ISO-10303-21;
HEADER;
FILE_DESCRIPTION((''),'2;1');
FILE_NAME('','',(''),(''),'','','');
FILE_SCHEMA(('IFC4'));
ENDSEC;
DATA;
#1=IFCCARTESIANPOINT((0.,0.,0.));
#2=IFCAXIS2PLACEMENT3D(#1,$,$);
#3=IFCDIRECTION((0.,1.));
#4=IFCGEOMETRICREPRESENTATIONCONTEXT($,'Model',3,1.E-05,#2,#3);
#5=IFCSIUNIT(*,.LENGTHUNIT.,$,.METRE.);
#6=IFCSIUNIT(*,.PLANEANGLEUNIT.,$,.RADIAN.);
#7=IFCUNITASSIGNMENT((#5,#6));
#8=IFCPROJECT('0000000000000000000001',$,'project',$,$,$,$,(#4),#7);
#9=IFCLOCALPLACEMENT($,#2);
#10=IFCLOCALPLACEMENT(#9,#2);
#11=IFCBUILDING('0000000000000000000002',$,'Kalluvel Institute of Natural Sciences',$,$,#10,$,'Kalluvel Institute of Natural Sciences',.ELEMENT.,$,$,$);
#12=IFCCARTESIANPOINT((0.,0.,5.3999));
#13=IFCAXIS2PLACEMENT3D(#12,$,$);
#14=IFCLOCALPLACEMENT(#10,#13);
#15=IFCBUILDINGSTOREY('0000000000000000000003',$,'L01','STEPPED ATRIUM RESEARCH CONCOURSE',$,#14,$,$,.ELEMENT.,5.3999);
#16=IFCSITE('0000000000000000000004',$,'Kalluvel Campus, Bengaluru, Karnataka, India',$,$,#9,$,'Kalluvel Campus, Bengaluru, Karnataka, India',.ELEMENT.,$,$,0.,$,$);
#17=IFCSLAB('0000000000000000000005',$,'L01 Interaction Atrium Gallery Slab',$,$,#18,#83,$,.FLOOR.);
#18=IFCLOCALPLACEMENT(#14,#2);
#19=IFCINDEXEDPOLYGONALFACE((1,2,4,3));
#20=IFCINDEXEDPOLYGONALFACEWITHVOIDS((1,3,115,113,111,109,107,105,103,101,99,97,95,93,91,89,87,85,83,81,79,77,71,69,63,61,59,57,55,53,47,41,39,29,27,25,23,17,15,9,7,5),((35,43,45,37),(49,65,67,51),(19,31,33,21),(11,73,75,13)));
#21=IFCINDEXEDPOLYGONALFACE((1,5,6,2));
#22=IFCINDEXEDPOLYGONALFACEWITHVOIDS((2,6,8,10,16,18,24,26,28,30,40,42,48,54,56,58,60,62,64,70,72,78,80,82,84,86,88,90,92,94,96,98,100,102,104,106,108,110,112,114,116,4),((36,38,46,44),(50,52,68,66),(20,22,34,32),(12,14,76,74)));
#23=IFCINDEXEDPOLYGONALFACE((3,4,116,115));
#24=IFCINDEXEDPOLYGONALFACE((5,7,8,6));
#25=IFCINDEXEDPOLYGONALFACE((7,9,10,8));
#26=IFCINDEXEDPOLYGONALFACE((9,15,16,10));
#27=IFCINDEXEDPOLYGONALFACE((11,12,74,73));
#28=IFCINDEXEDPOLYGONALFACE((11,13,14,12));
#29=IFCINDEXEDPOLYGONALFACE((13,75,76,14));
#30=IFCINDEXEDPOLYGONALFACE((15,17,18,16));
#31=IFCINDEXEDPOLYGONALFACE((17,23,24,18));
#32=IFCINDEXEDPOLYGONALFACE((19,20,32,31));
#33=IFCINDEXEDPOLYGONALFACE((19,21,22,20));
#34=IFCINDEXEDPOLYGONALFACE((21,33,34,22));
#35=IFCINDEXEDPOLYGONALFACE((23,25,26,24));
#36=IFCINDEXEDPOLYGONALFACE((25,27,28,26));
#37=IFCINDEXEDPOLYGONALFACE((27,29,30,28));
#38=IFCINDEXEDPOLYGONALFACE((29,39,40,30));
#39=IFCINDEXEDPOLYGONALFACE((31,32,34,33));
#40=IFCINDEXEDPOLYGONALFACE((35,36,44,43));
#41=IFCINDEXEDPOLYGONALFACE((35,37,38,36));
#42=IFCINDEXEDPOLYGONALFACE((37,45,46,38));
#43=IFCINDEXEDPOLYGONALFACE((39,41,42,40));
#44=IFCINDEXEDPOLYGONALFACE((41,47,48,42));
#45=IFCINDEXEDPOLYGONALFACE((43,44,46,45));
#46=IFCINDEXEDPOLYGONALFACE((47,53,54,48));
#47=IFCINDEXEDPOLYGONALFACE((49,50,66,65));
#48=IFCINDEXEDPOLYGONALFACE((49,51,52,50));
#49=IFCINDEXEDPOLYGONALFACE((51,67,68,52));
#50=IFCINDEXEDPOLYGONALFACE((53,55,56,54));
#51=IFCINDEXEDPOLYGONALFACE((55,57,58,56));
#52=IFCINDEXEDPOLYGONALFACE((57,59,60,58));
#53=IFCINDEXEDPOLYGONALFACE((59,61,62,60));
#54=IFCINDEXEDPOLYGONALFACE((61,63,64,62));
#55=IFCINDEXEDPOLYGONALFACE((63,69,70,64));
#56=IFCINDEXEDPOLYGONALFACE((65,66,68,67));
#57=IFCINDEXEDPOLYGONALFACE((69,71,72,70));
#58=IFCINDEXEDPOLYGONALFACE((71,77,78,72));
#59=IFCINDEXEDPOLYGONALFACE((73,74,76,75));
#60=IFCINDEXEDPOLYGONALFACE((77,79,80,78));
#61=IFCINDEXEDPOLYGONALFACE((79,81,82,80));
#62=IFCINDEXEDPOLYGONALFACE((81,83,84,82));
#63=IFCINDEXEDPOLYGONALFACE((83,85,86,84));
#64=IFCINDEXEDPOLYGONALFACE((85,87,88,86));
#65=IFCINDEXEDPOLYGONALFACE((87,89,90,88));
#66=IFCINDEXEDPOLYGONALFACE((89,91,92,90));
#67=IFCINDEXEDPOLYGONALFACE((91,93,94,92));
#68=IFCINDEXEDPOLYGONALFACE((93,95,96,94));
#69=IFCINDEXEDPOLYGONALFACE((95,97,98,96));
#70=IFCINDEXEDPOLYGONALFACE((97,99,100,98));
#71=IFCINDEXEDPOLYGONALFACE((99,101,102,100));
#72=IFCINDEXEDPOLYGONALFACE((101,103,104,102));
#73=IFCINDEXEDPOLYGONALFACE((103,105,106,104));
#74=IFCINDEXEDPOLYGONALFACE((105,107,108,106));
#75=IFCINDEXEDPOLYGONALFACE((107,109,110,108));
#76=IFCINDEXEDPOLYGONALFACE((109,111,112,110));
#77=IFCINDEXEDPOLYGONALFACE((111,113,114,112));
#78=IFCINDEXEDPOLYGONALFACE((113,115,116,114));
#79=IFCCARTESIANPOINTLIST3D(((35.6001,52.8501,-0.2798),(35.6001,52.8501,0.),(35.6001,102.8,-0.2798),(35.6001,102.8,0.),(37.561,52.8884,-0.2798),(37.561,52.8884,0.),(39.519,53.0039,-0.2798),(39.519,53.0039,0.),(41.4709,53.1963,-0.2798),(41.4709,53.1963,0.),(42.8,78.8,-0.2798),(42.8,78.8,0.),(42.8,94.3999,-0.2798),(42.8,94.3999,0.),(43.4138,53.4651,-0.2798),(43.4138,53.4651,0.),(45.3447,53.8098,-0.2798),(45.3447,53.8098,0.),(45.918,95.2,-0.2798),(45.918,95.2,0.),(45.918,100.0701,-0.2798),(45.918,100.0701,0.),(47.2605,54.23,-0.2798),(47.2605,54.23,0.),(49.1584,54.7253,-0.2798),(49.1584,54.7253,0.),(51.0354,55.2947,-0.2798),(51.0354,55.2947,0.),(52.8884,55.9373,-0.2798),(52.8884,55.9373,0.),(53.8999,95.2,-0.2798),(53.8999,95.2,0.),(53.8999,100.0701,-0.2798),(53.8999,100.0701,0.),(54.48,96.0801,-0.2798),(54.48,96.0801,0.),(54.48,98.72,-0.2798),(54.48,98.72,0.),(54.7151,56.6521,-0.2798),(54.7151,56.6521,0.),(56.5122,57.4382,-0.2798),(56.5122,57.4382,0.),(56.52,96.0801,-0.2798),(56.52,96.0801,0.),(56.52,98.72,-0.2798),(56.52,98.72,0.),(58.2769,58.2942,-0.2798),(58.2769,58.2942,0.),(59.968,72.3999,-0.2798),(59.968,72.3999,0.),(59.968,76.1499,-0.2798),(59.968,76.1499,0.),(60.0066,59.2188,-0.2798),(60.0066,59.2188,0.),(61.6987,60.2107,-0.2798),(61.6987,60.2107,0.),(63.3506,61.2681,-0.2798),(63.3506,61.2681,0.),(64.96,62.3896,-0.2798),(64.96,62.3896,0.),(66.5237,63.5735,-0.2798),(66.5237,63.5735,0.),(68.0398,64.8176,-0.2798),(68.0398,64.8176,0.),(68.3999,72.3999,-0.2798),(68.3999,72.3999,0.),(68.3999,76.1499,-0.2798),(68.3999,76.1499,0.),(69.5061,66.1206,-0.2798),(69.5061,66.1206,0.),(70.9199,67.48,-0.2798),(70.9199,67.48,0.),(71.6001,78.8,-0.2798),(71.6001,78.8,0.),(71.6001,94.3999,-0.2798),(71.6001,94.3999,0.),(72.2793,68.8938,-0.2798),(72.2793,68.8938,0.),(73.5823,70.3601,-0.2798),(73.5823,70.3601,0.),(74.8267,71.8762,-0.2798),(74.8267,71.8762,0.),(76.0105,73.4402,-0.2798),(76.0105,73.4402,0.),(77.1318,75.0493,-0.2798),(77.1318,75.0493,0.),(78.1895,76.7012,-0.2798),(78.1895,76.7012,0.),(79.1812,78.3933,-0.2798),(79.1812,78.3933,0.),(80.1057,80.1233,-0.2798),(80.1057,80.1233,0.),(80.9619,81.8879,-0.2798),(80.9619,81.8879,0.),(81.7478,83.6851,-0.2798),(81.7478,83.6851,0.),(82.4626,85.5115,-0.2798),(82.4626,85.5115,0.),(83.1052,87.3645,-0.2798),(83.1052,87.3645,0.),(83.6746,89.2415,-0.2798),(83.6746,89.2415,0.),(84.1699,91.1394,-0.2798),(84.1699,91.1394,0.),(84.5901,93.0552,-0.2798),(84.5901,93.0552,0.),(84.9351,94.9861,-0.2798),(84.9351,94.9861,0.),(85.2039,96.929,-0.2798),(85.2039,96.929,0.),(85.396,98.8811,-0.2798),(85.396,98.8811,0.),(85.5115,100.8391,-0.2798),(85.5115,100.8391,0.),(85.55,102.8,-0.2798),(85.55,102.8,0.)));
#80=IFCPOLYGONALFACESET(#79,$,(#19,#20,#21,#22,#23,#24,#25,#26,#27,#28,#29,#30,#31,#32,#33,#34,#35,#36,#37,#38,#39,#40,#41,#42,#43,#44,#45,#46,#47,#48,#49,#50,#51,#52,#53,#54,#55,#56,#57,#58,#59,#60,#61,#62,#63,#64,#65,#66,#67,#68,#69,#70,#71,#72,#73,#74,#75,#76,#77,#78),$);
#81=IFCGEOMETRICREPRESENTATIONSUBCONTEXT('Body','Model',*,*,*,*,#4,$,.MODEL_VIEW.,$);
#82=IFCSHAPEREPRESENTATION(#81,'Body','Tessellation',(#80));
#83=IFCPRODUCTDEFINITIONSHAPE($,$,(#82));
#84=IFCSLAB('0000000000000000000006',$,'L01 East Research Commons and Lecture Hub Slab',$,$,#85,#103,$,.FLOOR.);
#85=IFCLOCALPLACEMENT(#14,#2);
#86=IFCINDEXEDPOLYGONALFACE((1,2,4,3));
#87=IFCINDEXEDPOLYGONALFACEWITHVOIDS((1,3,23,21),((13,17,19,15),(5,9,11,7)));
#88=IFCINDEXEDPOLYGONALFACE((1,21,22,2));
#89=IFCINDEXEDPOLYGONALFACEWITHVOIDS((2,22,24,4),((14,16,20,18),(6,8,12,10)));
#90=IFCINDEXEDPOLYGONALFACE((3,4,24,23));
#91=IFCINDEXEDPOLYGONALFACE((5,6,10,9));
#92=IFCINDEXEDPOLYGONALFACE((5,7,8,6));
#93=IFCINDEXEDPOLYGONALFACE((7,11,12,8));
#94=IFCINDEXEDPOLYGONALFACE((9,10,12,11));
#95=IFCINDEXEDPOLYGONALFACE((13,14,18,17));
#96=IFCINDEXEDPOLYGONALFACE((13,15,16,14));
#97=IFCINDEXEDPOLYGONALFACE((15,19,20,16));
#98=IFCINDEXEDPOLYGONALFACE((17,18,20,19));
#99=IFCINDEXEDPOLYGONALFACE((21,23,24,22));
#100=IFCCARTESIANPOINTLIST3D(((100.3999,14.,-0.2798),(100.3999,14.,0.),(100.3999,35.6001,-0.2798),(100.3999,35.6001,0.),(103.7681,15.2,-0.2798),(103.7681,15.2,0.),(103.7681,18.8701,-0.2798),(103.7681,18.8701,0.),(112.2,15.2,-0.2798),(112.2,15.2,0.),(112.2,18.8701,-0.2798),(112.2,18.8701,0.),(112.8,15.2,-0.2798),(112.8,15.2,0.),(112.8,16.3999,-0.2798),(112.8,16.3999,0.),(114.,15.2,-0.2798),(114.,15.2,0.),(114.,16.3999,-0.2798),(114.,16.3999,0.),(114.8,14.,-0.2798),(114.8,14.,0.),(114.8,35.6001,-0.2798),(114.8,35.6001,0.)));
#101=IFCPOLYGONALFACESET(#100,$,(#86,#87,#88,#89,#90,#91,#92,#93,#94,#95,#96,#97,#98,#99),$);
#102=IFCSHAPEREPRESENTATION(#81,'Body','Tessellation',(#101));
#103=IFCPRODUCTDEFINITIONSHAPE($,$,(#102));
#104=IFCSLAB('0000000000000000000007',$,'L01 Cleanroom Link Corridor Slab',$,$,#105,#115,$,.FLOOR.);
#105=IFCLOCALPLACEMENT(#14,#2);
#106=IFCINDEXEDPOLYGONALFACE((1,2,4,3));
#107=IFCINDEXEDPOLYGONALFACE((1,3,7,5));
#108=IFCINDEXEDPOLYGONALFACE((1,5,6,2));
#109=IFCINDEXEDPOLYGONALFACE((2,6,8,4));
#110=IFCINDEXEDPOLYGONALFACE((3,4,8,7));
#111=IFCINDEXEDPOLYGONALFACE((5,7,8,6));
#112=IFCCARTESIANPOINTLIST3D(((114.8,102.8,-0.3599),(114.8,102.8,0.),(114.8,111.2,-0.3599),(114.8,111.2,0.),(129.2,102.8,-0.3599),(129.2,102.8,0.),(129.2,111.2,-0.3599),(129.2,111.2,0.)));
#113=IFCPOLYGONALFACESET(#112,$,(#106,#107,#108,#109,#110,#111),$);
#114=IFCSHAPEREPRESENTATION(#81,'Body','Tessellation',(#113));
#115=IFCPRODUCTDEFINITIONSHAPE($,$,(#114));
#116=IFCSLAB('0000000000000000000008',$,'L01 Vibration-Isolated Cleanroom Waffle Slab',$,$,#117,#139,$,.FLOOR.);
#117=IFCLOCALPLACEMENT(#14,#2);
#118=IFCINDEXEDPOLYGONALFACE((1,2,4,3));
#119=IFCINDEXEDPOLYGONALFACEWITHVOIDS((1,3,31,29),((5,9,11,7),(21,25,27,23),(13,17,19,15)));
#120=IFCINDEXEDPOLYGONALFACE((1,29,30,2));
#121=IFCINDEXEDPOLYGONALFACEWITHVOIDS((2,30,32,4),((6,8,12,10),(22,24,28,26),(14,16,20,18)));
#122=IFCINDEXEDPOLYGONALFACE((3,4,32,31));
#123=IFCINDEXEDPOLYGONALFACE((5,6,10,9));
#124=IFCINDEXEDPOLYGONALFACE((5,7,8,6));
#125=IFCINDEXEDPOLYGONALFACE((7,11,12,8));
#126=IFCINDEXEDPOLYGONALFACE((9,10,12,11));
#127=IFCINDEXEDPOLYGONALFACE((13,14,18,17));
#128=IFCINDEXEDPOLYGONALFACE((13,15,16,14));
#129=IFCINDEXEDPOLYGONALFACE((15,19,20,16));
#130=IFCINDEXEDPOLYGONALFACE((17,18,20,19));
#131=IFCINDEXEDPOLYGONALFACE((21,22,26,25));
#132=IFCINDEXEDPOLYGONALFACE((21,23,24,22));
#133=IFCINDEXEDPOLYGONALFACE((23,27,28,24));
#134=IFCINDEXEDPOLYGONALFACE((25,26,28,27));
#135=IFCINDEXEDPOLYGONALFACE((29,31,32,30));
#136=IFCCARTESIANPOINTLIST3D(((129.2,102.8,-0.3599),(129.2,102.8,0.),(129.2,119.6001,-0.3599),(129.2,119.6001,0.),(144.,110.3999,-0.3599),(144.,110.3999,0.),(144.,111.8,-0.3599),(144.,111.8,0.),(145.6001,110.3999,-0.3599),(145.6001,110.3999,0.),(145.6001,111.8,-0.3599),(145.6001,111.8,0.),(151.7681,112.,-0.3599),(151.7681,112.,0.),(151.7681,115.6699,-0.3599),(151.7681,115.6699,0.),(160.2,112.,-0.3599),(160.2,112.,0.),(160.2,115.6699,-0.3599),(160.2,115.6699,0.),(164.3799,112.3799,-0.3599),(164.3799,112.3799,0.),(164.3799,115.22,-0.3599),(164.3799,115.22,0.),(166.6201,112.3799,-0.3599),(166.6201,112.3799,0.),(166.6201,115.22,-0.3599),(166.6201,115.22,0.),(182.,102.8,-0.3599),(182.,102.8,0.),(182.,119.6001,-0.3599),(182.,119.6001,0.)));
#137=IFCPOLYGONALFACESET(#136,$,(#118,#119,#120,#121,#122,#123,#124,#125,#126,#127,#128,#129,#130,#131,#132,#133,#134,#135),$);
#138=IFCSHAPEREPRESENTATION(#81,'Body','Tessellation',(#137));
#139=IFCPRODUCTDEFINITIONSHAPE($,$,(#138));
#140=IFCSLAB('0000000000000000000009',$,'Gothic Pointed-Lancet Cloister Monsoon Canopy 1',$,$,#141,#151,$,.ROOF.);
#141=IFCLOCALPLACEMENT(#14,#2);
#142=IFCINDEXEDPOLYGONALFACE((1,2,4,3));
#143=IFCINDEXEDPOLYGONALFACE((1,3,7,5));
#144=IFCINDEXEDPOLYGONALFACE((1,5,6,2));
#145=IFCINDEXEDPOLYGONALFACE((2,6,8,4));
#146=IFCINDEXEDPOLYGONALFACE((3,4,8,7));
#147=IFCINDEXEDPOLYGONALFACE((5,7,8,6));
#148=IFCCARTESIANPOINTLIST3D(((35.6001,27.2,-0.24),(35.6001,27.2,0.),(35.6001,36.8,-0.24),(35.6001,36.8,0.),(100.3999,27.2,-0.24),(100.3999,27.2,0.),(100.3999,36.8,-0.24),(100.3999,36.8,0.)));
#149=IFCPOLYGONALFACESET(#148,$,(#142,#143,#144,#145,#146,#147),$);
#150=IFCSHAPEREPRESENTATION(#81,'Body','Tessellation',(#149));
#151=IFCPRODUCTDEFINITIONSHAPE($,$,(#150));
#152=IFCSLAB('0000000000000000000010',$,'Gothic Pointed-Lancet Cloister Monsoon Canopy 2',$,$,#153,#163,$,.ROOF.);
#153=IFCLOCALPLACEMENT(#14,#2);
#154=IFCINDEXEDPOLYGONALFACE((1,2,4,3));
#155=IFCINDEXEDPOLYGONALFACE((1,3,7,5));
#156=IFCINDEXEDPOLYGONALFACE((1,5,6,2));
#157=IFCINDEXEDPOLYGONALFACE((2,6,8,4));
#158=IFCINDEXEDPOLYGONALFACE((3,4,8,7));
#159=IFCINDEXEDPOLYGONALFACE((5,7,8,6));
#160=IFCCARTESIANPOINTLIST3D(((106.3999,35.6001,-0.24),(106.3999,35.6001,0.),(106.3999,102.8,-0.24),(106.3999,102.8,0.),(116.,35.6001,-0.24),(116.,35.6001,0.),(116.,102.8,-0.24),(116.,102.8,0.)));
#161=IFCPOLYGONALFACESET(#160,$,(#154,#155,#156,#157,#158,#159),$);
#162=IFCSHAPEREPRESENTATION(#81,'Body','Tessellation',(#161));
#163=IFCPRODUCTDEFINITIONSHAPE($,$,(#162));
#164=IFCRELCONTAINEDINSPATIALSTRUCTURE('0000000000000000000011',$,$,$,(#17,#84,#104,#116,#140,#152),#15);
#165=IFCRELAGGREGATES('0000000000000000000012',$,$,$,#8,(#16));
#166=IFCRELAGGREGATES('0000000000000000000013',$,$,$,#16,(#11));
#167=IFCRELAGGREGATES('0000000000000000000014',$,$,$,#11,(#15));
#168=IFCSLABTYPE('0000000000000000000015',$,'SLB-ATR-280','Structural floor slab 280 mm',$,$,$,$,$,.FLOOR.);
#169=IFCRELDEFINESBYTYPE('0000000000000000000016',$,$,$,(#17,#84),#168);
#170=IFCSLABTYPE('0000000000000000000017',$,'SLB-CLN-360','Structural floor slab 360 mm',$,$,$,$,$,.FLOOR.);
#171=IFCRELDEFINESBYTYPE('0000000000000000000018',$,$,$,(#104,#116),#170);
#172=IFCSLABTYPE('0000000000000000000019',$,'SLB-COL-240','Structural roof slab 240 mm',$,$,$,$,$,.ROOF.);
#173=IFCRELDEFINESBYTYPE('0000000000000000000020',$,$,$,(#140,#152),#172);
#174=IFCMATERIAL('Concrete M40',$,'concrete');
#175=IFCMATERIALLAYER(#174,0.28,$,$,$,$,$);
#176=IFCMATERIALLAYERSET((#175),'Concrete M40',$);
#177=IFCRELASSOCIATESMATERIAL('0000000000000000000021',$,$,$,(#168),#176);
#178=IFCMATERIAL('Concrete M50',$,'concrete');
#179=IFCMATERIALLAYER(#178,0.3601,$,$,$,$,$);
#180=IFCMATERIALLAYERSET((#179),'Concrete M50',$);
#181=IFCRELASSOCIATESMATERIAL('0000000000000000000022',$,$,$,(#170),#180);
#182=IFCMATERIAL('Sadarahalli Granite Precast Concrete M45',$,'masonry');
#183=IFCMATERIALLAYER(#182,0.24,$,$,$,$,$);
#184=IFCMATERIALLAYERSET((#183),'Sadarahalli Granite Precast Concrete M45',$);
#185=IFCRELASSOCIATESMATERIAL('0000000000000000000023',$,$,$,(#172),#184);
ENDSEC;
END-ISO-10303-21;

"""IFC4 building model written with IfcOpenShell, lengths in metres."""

from ifc_helpers import new_model, si_unit, direction, frame, origin, place, context, subcontext, project, spatial, polyline, outline, extrude, material, layer, layer_set, type_object, element, save


model = new_model("IFC4")

# Units and contexts
model_context = context("Model", 3, precision=1e-05, world=origin(), true_north=direction((0.0, 1.0)))
body_context = subcontext(model_context, "Body", "Model", "MODEL_VIEW")
ifc_project = project(units=[si_unit("LENGTHUNIT", "METRE"), si_unit("PLANEANGLEUNIT", "RADIAN")], contexts=[model_context])

# Site, building, storey
site_placement = place(None, origin())
site = spatial("IfcSite", under=ifc_project, at=site_placement, Name="Kalluvel Campus, Bengaluru, Karnataka, India", LongName="Kalluvel Campus, Bengaluru, Karnataka, India", CompositionType="ELEMENT", RefElevation=0.0)
building_placement = place(site_placement, origin())
building = spatial("IfcBuilding", under=site, at=building_placement, Name="Kalluvel Institute of Natural Sciences", LongName="Kalluvel Institute of Natural Sciences", CompositionType="ELEMENT")
storey_placement = place(building_placement, frame((0.0, 0.0, 5.3999)))
storey = spatial("IfcBuildingStorey", under=building, at=storey_placement, Name="L01", Description="STEPPED ATRIUM RESEARCH CONCOURSE", CompositionType="ELEMENT", Elevation=5.3999)

# Slabs
ifc_material_1 = material(Name="Concrete M40", Category="concrete")
ifc_layer_1 = layer(ifc_material_1, 0.28)
ifc_layer_set_1 = layer_set([ifc_layer_1], Name="Concrete M40")
slab_type_1 = type_object("IfcSlabType", Name="SLB-ATR-280", Description="Structural floor slab 280 mm", PredefinedType="FLOOR", material=ifc_layer_set_1)
slab_1_placement = place(storey_placement, frame((0.0, 0.0, -0.2798)))
element("IfcSlab", 1, at=slab_1_placement, inside=storey, type_object=slab_type_1, Name="L01 Interaction Atrium Gallery Slab", PredefinedType="FLOOR", context=body_context, shape_type="SweptSolid", body=[
    extrude(outline(polyline([(35.6001, 102.8), (35.6001, 52.8501), (37.561, 52.8884), (39.519, 53.0039), (41.4709, 53.1963), (43.4138, 53.4651), (45.3447, 53.8098), (47.2605, 54.23), (49.1584, 54.7253), (51.0354, 55.2947), (52.8884, 55.9373), (54.7151, 56.6521), (56.5122, 57.4382), (58.2769, 58.2942), (60.0066, 59.2188), (61.6987, 60.2107), (63.3506, 61.2681), (64.96, 62.3896), (66.5237, 63.5735), (68.0398, 64.8176), (69.5061, 66.1206), (70.9199, 67.48), (72.2793, 68.8938), (73.5823, 70.3601), (74.8267, 71.8762), (76.0105, 73.4402), (77.1318, 75.0493), (78.1895, 76.7012), (79.1812, 78.3933), (80.1057, 80.1233), (80.9619, 81.8879), (81.7478, 83.6851), (82.4626, 85.5115), (83.1052, 87.3645), (83.6746, 89.2415), (84.1699, 91.1394), (84.5901, 93.0552), (84.9351, 94.9861), (85.2039, 96.929), (85.396, 98.8811), (85.5115, 100.8391), (85.55, 102.8), (35.6001, 102.8)]), holes=[polyline([(45.918, 95.2), (53.8999, 95.2), (53.8999, 100.0701), (45.918, 100.0701), (45.918, 95.2)]), polyline([(59.968, 72.3999), (68.3999, 72.3999), (68.3999, 76.1499), (59.968, 76.1499), (59.968, 72.3999)]), polyline([(54.48, 96.0801), (56.52, 96.0801), (56.52, 98.72), (54.48, 98.72), (54.48, 96.0801)]), polyline([(42.8, 78.8), (71.6001, 78.8), (71.6001, 94.3999), (42.8, 94.3999), (42.8, 78.8)])]), origin(), (0.0, 0.0, 1.0), 0.2798),
])
slab_2_placement = place(storey_placement, frame((0.0, 0.0, -0.2798)))
element("IfcSlab", 2, at=slab_2_placement, inside=storey, type_object=slab_type_1, Name="L01 East Research Commons and Lecture Hub Slab", PredefinedType="FLOOR", context=body_context, shape_type="SweptSolid", body=[
    extrude(outline(polyline([(100.3999, 14.0), (114.8, 14.0), (114.8, 35.6001), (100.3999, 35.6001), (100.3999, 14.0)]), holes=[polyline([(112.8, 16.3999), (114.0, 16.3999), (114.0, 15.2), (112.8, 15.2), (112.8, 16.3999)]), polyline([(103.7681, 18.8701), (112.2, 18.8701), (112.2, 15.2), (103.7681, 15.2), (103.7681, 18.8701)])]), origin(), (0.0, 0.0, 1.0), 0.2798),
])
ifc_material_2 = material(Name="Concrete M50", Category="concrete")
ifc_layer_2 = layer(ifc_material_2, 0.3601)
ifc_layer_set_2 = layer_set([ifc_layer_2], Name="Concrete M50")
slab_type_2 = type_object("IfcSlabType", Name="SLB-CLN-360", Description="Structural floor slab 360 mm", PredefinedType="FLOOR", material=ifc_layer_set_2)
slab_3_placement = place(storey_placement, frame((0.0, 0.0, -0.3599)))
element("IfcSlab", 3, at=slab_3_placement, inside=storey, type_object=slab_type_2, Name="L01 Cleanroom Link Corridor Slab", PredefinedType="FLOOR", context=body_context, shape_type="SweptSolid", body=[
    extrude(outline(polyline([(114.8, 102.8), (129.2, 102.8), (129.2, 111.2), (114.8, 111.2), (114.8, 102.8)])), origin(), (0.0, 0.0, 1.0), 0.3599),
])
slab_4_placement = place(storey_placement, frame((0.0, 0.0, -0.3599)))
element("IfcSlab", 4, at=slab_4_placement, inside=storey, type_object=slab_type_2, Name="L01 Vibration-Isolated Cleanroom Waffle Slab", PredefinedType="FLOOR", context=body_context, shape_type="SweptSolid", body=[
    extrude(outline(polyline([(129.2, 102.8), (182.0, 102.8), (182.0, 119.6001), (129.2, 119.6001), (129.2, 102.8)]), holes=[polyline([(166.6201, 115.22), (166.6201, 112.3799), (164.3799, 112.3799), (164.3799, 115.22), (166.6201, 115.22)]), polyline([(160.2, 115.6699), (160.2, 112.0), (151.7681, 112.0), (151.7681, 115.6699), (160.2, 115.6699)]), polyline([(144.0, 111.8), (145.6001, 111.8), (145.6001, 110.3999), (144.0, 110.3999), (144.0, 111.8)])]), origin(), (0.0, 0.0, 1.0), 0.3599),
])
ifc_material_3 = material(Name="Sadarahalli Granite Precast Concrete M45", Category="masonry")
ifc_layer_3 = layer(ifc_material_3, 0.24)
ifc_layer_set_3 = layer_set([ifc_layer_3], Name="Sadarahalli Granite Precast Concrete M45")
slab_type_3 = type_object("IfcSlabType", Name="SLB-COL-240", Description="Structural roof slab 240 mm", PredefinedType="ROOF", material=ifc_layer_set_3)
slab_5_placement = place(storey_placement, frame((0.0, 0.0, -0.24)))
element("IfcSlab", 5, at=slab_5_placement, inside=storey, type_object=slab_type_3, Name="Gothic Pointed-Lancet Cloister Monsoon Canopy 1", PredefinedType="ROOF", context=body_context, shape_type="SweptSolid", body=[
    extrude(outline(polyline([(35.6001, 27.2), (100.3999, 27.2), (100.3999, 36.8), (35.6001, 36.8), (35.6001, 27.2)])), origin(), (0.0, 0.0, 1.0), 0.24),
])
slab_6_placement = place(storey_placement, frame((0.0, 0.0, -0.24)))
element("IfcSlab", 6, at=slab_6_placement, inside=storey, type_object=slab_type_3, Name="Gothic Pointed-Lancet Cloister Monsoon Canopy 2", PredefinedType="ROOF", context=body_context, shape_type="SweptSolid", body=[
    extrude(outline(polyline([(106.3999, 35.6001), (116.0, 35.6001), (116.0, 102.8), (106.3999, 102.8), (106.3999, 35.6001)])), origin(), (0.0, 0.0, 1.0), 0.24),
])

save(model, "model.ifc")
